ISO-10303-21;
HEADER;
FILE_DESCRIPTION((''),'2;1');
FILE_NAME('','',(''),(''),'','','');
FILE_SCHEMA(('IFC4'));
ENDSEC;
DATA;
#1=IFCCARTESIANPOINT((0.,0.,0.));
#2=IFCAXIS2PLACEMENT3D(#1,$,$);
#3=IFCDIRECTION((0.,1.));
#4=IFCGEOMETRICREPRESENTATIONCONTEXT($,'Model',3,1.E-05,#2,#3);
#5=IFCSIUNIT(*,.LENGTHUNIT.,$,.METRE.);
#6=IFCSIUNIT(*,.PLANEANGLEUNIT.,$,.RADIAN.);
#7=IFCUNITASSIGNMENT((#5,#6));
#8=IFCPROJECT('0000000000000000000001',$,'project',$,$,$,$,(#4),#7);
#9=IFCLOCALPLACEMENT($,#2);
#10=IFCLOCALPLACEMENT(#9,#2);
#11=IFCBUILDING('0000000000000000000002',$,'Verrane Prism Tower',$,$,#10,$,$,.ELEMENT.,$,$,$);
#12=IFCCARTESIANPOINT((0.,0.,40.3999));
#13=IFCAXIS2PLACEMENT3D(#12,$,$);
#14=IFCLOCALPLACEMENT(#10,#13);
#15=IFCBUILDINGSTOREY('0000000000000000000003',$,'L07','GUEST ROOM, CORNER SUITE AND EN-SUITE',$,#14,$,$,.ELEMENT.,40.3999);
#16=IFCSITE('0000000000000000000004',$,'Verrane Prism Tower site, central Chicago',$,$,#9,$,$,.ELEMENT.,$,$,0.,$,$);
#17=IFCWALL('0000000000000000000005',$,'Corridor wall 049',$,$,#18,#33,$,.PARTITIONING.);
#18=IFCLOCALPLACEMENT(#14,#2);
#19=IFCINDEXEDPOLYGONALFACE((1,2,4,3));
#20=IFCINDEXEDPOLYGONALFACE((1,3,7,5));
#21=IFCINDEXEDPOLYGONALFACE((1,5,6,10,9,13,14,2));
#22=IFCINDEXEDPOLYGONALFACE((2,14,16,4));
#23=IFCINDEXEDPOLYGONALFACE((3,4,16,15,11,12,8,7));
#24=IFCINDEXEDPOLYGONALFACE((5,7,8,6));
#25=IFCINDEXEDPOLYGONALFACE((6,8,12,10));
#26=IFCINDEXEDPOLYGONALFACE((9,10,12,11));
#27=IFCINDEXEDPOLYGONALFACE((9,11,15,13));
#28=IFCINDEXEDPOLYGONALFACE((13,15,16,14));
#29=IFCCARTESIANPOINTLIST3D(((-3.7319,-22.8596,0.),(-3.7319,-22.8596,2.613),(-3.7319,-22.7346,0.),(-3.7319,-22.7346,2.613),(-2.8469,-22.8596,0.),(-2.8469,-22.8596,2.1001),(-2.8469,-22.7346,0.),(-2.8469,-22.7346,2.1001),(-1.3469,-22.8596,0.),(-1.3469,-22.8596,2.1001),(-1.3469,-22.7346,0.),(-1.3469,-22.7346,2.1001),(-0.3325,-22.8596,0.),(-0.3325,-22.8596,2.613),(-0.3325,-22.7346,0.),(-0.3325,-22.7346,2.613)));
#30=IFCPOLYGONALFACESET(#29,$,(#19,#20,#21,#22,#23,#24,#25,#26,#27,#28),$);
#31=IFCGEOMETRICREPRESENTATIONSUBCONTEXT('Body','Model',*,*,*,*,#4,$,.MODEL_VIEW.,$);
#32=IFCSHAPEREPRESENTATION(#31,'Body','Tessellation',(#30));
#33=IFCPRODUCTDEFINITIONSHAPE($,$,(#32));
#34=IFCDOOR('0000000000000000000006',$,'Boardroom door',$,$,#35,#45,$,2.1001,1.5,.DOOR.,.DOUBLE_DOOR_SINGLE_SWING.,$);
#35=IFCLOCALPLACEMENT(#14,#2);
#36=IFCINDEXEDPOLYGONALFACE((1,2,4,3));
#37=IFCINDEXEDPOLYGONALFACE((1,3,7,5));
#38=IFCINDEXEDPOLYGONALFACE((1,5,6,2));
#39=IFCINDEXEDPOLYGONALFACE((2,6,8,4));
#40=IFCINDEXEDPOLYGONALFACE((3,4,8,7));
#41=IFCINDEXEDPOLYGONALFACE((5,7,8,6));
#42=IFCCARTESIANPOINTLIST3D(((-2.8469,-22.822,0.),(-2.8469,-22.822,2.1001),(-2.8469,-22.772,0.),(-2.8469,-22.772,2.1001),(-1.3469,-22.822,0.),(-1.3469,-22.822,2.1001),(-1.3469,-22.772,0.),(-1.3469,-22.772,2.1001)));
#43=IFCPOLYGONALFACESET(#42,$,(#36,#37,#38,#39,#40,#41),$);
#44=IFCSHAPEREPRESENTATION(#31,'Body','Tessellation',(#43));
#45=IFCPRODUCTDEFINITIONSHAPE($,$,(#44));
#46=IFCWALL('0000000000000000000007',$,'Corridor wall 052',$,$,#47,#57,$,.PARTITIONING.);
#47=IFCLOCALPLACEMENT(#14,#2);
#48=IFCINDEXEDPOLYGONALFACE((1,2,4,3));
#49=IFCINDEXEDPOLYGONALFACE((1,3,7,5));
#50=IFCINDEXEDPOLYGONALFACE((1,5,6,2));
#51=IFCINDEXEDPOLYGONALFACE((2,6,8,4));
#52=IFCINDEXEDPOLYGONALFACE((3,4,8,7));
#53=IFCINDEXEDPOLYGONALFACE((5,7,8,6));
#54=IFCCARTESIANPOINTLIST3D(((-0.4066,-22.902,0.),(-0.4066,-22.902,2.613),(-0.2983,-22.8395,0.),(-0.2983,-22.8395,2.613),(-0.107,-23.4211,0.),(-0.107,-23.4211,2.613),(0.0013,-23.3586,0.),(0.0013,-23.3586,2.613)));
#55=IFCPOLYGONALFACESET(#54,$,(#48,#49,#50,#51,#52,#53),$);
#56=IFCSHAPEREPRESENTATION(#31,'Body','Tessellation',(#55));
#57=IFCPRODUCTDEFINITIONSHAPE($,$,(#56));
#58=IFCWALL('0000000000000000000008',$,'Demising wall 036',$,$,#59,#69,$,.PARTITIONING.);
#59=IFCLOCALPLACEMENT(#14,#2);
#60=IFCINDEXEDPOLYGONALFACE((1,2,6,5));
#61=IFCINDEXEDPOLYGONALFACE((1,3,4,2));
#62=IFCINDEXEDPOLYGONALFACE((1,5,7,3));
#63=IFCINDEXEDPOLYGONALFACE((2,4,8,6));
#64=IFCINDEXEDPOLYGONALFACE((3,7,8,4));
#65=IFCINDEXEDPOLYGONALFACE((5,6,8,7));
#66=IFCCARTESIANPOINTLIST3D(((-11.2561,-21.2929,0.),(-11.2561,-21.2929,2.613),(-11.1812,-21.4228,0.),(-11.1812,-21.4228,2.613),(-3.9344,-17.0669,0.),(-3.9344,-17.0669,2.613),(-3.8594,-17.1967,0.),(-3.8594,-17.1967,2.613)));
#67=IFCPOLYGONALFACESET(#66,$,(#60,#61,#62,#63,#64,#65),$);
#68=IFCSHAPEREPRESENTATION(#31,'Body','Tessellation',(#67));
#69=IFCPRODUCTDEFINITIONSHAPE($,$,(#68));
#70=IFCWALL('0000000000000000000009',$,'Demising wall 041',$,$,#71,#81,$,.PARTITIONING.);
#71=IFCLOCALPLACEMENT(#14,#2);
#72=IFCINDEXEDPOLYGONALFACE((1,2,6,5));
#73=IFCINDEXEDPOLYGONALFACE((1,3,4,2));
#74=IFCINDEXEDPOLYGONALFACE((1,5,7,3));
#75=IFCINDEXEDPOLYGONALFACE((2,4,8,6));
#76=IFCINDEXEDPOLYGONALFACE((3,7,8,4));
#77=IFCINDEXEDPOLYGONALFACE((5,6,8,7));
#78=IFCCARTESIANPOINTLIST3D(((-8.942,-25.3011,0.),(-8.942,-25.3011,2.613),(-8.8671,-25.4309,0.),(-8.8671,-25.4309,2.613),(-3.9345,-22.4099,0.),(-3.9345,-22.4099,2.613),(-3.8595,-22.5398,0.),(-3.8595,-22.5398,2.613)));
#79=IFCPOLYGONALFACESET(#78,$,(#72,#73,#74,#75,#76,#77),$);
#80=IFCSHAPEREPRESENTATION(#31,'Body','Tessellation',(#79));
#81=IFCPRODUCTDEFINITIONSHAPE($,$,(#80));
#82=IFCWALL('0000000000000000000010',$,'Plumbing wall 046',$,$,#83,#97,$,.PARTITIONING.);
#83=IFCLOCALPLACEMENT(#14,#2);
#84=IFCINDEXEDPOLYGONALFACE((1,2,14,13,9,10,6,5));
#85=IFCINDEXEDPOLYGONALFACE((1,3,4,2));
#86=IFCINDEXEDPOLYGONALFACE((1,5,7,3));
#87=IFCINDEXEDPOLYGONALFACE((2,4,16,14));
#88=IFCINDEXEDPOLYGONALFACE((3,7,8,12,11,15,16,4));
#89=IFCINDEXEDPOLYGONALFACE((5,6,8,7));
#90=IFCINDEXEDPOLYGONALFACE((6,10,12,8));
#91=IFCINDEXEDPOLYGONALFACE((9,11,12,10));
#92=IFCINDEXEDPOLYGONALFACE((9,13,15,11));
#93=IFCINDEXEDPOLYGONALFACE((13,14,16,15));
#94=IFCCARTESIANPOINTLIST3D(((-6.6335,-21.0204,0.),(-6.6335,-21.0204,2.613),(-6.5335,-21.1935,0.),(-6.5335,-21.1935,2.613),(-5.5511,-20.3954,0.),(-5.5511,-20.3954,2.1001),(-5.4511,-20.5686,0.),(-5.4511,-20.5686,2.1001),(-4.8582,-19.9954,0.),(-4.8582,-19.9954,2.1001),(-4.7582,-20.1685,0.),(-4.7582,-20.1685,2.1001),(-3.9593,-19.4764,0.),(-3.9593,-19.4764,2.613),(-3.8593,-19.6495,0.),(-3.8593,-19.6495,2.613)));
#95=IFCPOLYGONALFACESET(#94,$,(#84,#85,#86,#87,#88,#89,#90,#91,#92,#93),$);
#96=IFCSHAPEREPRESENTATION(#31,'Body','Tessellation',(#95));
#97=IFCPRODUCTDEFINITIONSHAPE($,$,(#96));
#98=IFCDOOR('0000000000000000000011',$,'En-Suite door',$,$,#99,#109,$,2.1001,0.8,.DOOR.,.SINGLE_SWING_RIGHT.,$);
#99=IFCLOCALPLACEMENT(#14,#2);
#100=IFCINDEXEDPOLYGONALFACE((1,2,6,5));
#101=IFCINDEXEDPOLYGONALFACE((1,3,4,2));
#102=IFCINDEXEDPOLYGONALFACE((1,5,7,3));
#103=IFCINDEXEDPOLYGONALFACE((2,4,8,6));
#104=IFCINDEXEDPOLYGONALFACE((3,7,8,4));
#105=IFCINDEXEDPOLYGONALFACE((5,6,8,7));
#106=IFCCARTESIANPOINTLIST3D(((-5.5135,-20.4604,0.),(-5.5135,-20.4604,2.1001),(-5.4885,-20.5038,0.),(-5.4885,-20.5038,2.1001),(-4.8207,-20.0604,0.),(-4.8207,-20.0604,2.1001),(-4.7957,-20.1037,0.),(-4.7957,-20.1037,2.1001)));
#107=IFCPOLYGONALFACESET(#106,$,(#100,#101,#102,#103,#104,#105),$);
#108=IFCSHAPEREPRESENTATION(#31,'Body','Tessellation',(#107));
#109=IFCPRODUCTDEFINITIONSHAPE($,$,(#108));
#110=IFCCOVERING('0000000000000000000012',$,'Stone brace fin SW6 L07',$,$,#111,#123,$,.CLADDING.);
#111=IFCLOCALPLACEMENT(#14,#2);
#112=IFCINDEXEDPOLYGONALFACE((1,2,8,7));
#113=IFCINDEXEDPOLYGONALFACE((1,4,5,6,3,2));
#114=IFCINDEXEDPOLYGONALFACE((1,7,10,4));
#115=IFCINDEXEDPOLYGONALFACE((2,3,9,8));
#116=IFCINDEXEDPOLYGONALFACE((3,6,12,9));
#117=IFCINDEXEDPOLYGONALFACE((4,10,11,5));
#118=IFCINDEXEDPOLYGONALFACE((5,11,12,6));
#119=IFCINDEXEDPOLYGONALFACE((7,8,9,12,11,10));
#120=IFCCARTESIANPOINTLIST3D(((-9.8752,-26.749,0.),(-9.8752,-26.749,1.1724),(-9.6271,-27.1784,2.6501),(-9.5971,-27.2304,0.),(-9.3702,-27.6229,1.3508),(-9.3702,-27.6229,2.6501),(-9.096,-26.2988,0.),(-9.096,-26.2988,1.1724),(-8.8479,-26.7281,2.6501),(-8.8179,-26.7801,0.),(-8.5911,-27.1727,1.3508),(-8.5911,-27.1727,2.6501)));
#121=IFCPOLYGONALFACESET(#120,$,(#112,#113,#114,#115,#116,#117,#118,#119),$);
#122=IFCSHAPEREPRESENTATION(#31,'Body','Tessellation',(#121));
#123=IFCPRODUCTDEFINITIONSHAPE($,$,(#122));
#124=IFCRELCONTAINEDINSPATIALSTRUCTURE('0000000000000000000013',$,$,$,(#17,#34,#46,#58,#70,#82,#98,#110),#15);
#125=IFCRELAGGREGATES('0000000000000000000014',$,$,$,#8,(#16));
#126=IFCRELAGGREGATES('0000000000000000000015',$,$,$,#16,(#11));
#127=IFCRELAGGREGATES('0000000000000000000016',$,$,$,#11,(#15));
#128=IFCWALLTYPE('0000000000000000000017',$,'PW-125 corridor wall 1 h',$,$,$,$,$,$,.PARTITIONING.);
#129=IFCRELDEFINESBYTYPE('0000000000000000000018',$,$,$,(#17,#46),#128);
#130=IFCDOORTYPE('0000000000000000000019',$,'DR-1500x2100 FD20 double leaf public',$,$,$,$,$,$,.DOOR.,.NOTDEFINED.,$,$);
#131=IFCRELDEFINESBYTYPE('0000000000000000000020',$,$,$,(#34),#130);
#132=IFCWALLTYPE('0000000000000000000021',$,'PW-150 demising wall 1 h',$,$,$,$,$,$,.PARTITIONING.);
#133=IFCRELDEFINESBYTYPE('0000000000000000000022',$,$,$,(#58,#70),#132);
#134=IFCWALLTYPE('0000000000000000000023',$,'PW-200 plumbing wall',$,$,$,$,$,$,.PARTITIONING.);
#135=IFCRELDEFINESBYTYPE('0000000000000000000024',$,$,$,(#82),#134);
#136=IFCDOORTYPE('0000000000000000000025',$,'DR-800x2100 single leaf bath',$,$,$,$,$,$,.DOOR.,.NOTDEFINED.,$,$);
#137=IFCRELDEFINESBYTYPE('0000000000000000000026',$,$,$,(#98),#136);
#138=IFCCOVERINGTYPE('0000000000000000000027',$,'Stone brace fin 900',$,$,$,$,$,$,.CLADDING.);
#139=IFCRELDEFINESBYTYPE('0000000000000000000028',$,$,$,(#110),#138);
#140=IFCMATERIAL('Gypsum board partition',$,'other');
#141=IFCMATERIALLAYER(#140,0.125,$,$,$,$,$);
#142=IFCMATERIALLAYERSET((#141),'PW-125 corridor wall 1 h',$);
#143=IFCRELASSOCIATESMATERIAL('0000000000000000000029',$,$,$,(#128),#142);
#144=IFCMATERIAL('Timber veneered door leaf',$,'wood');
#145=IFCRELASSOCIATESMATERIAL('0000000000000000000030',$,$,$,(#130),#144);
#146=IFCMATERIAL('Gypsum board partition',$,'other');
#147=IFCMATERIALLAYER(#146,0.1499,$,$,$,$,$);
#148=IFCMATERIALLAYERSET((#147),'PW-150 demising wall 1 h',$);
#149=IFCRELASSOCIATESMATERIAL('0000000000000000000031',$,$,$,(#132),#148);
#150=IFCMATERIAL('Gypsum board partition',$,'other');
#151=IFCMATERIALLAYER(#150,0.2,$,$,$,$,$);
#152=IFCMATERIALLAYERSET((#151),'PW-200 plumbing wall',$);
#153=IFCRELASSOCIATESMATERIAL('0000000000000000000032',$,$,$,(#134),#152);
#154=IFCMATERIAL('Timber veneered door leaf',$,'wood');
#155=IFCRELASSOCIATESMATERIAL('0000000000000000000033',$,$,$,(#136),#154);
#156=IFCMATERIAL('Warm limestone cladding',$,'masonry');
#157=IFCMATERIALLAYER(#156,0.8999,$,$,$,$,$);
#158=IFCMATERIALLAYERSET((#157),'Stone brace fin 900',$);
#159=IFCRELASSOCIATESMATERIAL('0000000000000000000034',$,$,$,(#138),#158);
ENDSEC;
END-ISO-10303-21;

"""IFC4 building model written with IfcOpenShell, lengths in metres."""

from ifc_helpers import new_model, si_unit, direction, frame, frame_2d, origin, place, context, subcontext, project, spatial, polyline, rectangle, outline, extrude, material, layer, layer_set, type_object, element, fill, save


model = new_model("IFC4")

# Units and contexts
model_context = context("Model", 3, precision=1e-05, world=origin(), true_north=direction((0.0, 1.0)))
body_context = subcontext(model_context, "Body", "Model", "MODEL_VIEW")
ifc_project = project(units=[si_unit("LENGTHUNIT", "METRE"), si_unit("PLANEANGLEUNIT", "RADIAN")], contexts=[model_context])

# Site, building, storey
site_placement = place(None, origin())
site = spatial("IfcSite", under=ifc_project, at=site_placement, Name="Verrane Prism Tower site, central Chicago", CompositionType="ELEMENT", RefElevation=0.0)
building_placement = place(site_placement, origin())
building = spatial("IfcBuilding", under=site, at=building_placement, Name="Verrane Prism Tower", CompositionType="ELEMENT")
storey_placement = place(building_placement, frame((0.0, 0.0, 40.3999)))
storey = spatial("IfcBuildingStorey", under=building, at=storey_placement, Name="L07", Description="GUEST ROOM, CORNER SUITE AND EN-SUITE", CompositionType="ELEMENT", Elevation=40.3999)

# Wall, opening, door
ifc_material_1 = material(Name="Gypsum board partition", Category="other")
ifc_layer_1 = layer(ifc_material_1, 0.125)
ifc_layer_set_1 = layer_set([ifc_layer_1], Name="PW-125 corridor wall 1 h")
wall_type_1 = type_object("IfcWallType", Name="PW-125 corridor wall 1 h", PredefinedType="PARTITIONING", material=ifc_layer_set_1)
wall_1_placement = place(storey_placement, frame((-0.3325, -22.7971, 0.0), z_axis=(0.0, 0.0, 1.0), x_axis=(-1.0, 0.0, 0.0)))
wall_1 = element("IfcWall", 1, at=wall_1_placement, inside=storey, type_object=wall_type_1, Name="Corridor wall 049", PredefinedType="PARTITIONING", context=body_context, shape_type="SweptSolid", body=[
    extrude(rectangle(XDim=3.3994, YDim=0.125, at=frame_2d((1.6997, 0.0))), origin(), (0.0, 0.0, 1.0), 2.613),
])
opening_1_placement = place(wall_1_placement, frame((1.0144, 0.0, 0.0)))
opening_1 = element("IfcOpeningElement", 2, at=opening_1_placement, cuts=wall_1, PredefinedType="OPENING", context=body_context, shape_type="SweptSolid", body=[
    extrude(rectangle(XDim=1.5, YDim=2.1001, at=frame_2d((0.75, 1.05))), frame((0.0, 0.0725, 0.0), z_axis=(0.0, -1.0, 0.0), x_axis=(1.0, 0.0, 0.0)), (0.0, 0.0, 1.0), 0.145),
])
ifc_material_2 = material(Name="Timber veneered door leaf", Category="wood")
door_type_1 = type_object("IfcDoorType", Name="DR-1500x2100 FD20 double leaf public", OperationType="NOTDEFINED", PredefinedType="DOOR", material=ifc_material_2)
door_1_placement = place(opening_1_placement, origin())
door_1 = element("IfcDoor", 3, at=door_1_placement, inside=storey, type_object=door_type_1, Name="Boardroom door", OperationType="DOUBLE_DOOR_SINGLE_SWING", OverallHeight=2.1001, OverallWidth=1.5, PredefinedType="DOOR", context=body_context, shape_type="SweptSolid", body=[
    extrude(rectangle(XDim=1.5, YDim=2.1001, at=frame_2d((0.75, 1.05))), frame((0.0, 0.0249, 0.0), z_axis=(0.0, -1.0, 0.0), x_axis=(1.0, 0.0, 0.0)), (0.0, 0.0, 1.0), 0.05),
])
fill(opening_1, door_1)

# Walls
wall_2_placement = place(storey_placement, frame((-0.3525, -22.8706, 0.0), z_axis=(0.0, 0.0, 1.0), x_axis=(0.499864, -0.866104, 0.0)))
element("IfcWall", 4, at=wall_2_placement, inside=storey, type_object=wall_type_1, Name="Corridor wall 052", PredefinedType="PARTITIONING", context=body_context, shape_type="SweptSolid", body=[
    extrude(rectangle(XDim=0.5994, YDim=0.125, at=frame_2d((0.2998, 0.0))), origin(), (0.0, 0.0, 1.0), 2.613),
])
ifc_material_3 = material(Name="Gypsum board partition", Category="other")
ifc_layer_2 = layer(ifc_material_3, 0.1499)
ifc_layer_set_2 = layer_set([ifc_layer_2], Name="PW-150 demising wall 1 h")
wall_type_2 = type_object("IfcWallType", Name="PW-150 demising wall 1 h", PredefinedType="PARTITIONING", material=ifc_layer_set_2)
wall_3_placement = place(storey_placement, frame((-11.2188, -21.3579, 0.0), z_axis=(0.0, 0.0, 1.0), x_axis=(0.866085, 0.499897, 0.0)))
element("IfcWall", 5, at=wall_3_placement, inside=storey, type_object=wall_type_2, Name="Demising wall 036", PredefinedType="PARTITIONING", context=body_context, shape_type="SweptSolid", body=[
    extrude(rectangle(XDim=8.4539, YDim=0.1499, at=frame_2d((4.2271, 0.0))), origin(), (0.0, 0.0, 1.0), 2.613),
])
wall_4_placement = place(storey_placement, frame((-8.9045, -25.366, 0.0), z_axis=(0.0, 0.0, 1.0), x_axis=(0.866026, 0.499999, 0.0)))
element("IfcWall", 6, at=wall_4_placement, inside=storey, type_object=wall_type_2, Name="Demising wall 041", PredefinedType="PARTITIONING", context=body_context, shape_type="SweptSolid", body=[
    extrude(rectangle(XDim=5.7822, YDim=0.1499, at=frame_2d((2.8911, 0.0))), origin(), (0.0, 0.0, 1.0), 2.613),
])

# Wall, opening, door
ifc_material_4 = material(Name="Gypsum board partition", Category="other")
ifc_layer_3 = layer(ifc_material_4, 0.2)
ifc_layer_set_3 = layer_set([ifc_layer_3], Name="PW-200 plumbing wall")
wall_type_3 = type_object("IfcWallType", Name="PW-200 plumbing wall", PredefinedType="PARTITIONING", material=ifc_layer_set_3)
wall_5_placement = place(storey_placement, frame((-6.5835, -21.1069, 0.0), z_axis=(0.0, 0.0, 1.0), x_axis=(0.866016, 0.500017, 0.0)))
wall_5 = element("IfcWall", 7, at=wall_5_placement, inside=storey, type_object=wall_type_3, Name="Plumbing wall 046", PredefinedType="PARTITIONING", context=body_context, shape_type="SweptSolid", body=[
    extrude(rectangle(XDim=3.0879, YDim=0.2, at=frame_2d((1.5439, 0.0))), origin(), (0.0, 0.0, 1.0), 2.613),
])
opening_2_placement = place(wall_5_placement, frame((1.25, 0.0, 0.0)))
opening_2 = element("IfcOpeningElement", 8, at=opening_2_placement, cuts=wall_5, PredefinedType="OPENING", context=body_context, shape_type="SweptSolid", body=[
    extrude(rectangle(XDim=0.8, YDim=2.1001, at=frame_2d((0.3999, 1.05))), frame((0.0, 0.1099, 0.0), z_axis=(0.0, -1.0, 0.0), x_axis=(1.0, 0.0, 0.0)), (0.0, 0.0, 1.0), 0.22),
])
ifc_material_5 = material(Name="Timber veneered door leaf", Category="wood")
door_type_2 = type_object("IfcDoorType", Name="DR-800x2100 single leaf bath", OperationType="NOTDEFINED", PredefinedType="DOOR", material=ifc_material_5)
door_2_placement = place(opening_2_placement, origin())
door_2 = element("IfcDoor", 9, at=door_2_placement, inside=storey, type_object=door_type_2, Name="En-Suite door", OperationType="SINGLE_SWING_RIGHT", OverallHeight=2.1001, OverallWidth=0.8, PredefinedType="DOOR", context=body_context, shape_type="SweptSolid", body=[
    extrude(rectangle(XDim=0.8, YDim=2.1001, at=frame_2d((0.3999, 1.05))), frame((0.0, 0.0249, 0.0), z_axis=(0.0, -1.0, 0.0), x_axis=(1.0, 0.0, 0.0)), (0.0, 0.0, 1.0), 0.05),
])
fill(opening_2, door_2)

# Covering
ifc_material_6 = material(Name="Warm limestone cladding", Category="masonry")
ifc_layer_4 = layer(ifc_material_6, 0.8999)
ifc_layer_set_4 = layer_set([ifc_layer_4], Name="Stone brace fin 900")
covering_type = type_object("IfcCoveringType", Name="Stone brace fin 900", PredefinedType="CLADDING", material=ifc_layer_set_4)
covering_placement = place(storey_placement, frame((-9.4856, -26.5239, 0.0), z_axis=(0.0, 0.0, 1.0), x_axis=(0.500302, -0.865851, 0.0)))
element("IfcCovering", 10, at=covering_placement, inside=storey, type_object=covering_type, Name="Stone brace fin SW6 L07", PredefinedType="CLADDING", context=body_context, shape_type="SweptSolid", body=[
    extrude(outline(polyline([(1.0093, 2.6501), (0.4958, 2.6501), (0.0, 1.1724), (0.0, 0.0), (0.5559, 0.0), (1.0093, 1.3508), (1.0093, 2.6501)])), frame((0.0, 0.45, 0.0), z_axis=(0.0, -1.0, 0.0), x_axis=(1.0, 0.0, 0.0)), (0.0, 0.0, 1.0), 0.8999),
])

save(model, "model.ifc")
